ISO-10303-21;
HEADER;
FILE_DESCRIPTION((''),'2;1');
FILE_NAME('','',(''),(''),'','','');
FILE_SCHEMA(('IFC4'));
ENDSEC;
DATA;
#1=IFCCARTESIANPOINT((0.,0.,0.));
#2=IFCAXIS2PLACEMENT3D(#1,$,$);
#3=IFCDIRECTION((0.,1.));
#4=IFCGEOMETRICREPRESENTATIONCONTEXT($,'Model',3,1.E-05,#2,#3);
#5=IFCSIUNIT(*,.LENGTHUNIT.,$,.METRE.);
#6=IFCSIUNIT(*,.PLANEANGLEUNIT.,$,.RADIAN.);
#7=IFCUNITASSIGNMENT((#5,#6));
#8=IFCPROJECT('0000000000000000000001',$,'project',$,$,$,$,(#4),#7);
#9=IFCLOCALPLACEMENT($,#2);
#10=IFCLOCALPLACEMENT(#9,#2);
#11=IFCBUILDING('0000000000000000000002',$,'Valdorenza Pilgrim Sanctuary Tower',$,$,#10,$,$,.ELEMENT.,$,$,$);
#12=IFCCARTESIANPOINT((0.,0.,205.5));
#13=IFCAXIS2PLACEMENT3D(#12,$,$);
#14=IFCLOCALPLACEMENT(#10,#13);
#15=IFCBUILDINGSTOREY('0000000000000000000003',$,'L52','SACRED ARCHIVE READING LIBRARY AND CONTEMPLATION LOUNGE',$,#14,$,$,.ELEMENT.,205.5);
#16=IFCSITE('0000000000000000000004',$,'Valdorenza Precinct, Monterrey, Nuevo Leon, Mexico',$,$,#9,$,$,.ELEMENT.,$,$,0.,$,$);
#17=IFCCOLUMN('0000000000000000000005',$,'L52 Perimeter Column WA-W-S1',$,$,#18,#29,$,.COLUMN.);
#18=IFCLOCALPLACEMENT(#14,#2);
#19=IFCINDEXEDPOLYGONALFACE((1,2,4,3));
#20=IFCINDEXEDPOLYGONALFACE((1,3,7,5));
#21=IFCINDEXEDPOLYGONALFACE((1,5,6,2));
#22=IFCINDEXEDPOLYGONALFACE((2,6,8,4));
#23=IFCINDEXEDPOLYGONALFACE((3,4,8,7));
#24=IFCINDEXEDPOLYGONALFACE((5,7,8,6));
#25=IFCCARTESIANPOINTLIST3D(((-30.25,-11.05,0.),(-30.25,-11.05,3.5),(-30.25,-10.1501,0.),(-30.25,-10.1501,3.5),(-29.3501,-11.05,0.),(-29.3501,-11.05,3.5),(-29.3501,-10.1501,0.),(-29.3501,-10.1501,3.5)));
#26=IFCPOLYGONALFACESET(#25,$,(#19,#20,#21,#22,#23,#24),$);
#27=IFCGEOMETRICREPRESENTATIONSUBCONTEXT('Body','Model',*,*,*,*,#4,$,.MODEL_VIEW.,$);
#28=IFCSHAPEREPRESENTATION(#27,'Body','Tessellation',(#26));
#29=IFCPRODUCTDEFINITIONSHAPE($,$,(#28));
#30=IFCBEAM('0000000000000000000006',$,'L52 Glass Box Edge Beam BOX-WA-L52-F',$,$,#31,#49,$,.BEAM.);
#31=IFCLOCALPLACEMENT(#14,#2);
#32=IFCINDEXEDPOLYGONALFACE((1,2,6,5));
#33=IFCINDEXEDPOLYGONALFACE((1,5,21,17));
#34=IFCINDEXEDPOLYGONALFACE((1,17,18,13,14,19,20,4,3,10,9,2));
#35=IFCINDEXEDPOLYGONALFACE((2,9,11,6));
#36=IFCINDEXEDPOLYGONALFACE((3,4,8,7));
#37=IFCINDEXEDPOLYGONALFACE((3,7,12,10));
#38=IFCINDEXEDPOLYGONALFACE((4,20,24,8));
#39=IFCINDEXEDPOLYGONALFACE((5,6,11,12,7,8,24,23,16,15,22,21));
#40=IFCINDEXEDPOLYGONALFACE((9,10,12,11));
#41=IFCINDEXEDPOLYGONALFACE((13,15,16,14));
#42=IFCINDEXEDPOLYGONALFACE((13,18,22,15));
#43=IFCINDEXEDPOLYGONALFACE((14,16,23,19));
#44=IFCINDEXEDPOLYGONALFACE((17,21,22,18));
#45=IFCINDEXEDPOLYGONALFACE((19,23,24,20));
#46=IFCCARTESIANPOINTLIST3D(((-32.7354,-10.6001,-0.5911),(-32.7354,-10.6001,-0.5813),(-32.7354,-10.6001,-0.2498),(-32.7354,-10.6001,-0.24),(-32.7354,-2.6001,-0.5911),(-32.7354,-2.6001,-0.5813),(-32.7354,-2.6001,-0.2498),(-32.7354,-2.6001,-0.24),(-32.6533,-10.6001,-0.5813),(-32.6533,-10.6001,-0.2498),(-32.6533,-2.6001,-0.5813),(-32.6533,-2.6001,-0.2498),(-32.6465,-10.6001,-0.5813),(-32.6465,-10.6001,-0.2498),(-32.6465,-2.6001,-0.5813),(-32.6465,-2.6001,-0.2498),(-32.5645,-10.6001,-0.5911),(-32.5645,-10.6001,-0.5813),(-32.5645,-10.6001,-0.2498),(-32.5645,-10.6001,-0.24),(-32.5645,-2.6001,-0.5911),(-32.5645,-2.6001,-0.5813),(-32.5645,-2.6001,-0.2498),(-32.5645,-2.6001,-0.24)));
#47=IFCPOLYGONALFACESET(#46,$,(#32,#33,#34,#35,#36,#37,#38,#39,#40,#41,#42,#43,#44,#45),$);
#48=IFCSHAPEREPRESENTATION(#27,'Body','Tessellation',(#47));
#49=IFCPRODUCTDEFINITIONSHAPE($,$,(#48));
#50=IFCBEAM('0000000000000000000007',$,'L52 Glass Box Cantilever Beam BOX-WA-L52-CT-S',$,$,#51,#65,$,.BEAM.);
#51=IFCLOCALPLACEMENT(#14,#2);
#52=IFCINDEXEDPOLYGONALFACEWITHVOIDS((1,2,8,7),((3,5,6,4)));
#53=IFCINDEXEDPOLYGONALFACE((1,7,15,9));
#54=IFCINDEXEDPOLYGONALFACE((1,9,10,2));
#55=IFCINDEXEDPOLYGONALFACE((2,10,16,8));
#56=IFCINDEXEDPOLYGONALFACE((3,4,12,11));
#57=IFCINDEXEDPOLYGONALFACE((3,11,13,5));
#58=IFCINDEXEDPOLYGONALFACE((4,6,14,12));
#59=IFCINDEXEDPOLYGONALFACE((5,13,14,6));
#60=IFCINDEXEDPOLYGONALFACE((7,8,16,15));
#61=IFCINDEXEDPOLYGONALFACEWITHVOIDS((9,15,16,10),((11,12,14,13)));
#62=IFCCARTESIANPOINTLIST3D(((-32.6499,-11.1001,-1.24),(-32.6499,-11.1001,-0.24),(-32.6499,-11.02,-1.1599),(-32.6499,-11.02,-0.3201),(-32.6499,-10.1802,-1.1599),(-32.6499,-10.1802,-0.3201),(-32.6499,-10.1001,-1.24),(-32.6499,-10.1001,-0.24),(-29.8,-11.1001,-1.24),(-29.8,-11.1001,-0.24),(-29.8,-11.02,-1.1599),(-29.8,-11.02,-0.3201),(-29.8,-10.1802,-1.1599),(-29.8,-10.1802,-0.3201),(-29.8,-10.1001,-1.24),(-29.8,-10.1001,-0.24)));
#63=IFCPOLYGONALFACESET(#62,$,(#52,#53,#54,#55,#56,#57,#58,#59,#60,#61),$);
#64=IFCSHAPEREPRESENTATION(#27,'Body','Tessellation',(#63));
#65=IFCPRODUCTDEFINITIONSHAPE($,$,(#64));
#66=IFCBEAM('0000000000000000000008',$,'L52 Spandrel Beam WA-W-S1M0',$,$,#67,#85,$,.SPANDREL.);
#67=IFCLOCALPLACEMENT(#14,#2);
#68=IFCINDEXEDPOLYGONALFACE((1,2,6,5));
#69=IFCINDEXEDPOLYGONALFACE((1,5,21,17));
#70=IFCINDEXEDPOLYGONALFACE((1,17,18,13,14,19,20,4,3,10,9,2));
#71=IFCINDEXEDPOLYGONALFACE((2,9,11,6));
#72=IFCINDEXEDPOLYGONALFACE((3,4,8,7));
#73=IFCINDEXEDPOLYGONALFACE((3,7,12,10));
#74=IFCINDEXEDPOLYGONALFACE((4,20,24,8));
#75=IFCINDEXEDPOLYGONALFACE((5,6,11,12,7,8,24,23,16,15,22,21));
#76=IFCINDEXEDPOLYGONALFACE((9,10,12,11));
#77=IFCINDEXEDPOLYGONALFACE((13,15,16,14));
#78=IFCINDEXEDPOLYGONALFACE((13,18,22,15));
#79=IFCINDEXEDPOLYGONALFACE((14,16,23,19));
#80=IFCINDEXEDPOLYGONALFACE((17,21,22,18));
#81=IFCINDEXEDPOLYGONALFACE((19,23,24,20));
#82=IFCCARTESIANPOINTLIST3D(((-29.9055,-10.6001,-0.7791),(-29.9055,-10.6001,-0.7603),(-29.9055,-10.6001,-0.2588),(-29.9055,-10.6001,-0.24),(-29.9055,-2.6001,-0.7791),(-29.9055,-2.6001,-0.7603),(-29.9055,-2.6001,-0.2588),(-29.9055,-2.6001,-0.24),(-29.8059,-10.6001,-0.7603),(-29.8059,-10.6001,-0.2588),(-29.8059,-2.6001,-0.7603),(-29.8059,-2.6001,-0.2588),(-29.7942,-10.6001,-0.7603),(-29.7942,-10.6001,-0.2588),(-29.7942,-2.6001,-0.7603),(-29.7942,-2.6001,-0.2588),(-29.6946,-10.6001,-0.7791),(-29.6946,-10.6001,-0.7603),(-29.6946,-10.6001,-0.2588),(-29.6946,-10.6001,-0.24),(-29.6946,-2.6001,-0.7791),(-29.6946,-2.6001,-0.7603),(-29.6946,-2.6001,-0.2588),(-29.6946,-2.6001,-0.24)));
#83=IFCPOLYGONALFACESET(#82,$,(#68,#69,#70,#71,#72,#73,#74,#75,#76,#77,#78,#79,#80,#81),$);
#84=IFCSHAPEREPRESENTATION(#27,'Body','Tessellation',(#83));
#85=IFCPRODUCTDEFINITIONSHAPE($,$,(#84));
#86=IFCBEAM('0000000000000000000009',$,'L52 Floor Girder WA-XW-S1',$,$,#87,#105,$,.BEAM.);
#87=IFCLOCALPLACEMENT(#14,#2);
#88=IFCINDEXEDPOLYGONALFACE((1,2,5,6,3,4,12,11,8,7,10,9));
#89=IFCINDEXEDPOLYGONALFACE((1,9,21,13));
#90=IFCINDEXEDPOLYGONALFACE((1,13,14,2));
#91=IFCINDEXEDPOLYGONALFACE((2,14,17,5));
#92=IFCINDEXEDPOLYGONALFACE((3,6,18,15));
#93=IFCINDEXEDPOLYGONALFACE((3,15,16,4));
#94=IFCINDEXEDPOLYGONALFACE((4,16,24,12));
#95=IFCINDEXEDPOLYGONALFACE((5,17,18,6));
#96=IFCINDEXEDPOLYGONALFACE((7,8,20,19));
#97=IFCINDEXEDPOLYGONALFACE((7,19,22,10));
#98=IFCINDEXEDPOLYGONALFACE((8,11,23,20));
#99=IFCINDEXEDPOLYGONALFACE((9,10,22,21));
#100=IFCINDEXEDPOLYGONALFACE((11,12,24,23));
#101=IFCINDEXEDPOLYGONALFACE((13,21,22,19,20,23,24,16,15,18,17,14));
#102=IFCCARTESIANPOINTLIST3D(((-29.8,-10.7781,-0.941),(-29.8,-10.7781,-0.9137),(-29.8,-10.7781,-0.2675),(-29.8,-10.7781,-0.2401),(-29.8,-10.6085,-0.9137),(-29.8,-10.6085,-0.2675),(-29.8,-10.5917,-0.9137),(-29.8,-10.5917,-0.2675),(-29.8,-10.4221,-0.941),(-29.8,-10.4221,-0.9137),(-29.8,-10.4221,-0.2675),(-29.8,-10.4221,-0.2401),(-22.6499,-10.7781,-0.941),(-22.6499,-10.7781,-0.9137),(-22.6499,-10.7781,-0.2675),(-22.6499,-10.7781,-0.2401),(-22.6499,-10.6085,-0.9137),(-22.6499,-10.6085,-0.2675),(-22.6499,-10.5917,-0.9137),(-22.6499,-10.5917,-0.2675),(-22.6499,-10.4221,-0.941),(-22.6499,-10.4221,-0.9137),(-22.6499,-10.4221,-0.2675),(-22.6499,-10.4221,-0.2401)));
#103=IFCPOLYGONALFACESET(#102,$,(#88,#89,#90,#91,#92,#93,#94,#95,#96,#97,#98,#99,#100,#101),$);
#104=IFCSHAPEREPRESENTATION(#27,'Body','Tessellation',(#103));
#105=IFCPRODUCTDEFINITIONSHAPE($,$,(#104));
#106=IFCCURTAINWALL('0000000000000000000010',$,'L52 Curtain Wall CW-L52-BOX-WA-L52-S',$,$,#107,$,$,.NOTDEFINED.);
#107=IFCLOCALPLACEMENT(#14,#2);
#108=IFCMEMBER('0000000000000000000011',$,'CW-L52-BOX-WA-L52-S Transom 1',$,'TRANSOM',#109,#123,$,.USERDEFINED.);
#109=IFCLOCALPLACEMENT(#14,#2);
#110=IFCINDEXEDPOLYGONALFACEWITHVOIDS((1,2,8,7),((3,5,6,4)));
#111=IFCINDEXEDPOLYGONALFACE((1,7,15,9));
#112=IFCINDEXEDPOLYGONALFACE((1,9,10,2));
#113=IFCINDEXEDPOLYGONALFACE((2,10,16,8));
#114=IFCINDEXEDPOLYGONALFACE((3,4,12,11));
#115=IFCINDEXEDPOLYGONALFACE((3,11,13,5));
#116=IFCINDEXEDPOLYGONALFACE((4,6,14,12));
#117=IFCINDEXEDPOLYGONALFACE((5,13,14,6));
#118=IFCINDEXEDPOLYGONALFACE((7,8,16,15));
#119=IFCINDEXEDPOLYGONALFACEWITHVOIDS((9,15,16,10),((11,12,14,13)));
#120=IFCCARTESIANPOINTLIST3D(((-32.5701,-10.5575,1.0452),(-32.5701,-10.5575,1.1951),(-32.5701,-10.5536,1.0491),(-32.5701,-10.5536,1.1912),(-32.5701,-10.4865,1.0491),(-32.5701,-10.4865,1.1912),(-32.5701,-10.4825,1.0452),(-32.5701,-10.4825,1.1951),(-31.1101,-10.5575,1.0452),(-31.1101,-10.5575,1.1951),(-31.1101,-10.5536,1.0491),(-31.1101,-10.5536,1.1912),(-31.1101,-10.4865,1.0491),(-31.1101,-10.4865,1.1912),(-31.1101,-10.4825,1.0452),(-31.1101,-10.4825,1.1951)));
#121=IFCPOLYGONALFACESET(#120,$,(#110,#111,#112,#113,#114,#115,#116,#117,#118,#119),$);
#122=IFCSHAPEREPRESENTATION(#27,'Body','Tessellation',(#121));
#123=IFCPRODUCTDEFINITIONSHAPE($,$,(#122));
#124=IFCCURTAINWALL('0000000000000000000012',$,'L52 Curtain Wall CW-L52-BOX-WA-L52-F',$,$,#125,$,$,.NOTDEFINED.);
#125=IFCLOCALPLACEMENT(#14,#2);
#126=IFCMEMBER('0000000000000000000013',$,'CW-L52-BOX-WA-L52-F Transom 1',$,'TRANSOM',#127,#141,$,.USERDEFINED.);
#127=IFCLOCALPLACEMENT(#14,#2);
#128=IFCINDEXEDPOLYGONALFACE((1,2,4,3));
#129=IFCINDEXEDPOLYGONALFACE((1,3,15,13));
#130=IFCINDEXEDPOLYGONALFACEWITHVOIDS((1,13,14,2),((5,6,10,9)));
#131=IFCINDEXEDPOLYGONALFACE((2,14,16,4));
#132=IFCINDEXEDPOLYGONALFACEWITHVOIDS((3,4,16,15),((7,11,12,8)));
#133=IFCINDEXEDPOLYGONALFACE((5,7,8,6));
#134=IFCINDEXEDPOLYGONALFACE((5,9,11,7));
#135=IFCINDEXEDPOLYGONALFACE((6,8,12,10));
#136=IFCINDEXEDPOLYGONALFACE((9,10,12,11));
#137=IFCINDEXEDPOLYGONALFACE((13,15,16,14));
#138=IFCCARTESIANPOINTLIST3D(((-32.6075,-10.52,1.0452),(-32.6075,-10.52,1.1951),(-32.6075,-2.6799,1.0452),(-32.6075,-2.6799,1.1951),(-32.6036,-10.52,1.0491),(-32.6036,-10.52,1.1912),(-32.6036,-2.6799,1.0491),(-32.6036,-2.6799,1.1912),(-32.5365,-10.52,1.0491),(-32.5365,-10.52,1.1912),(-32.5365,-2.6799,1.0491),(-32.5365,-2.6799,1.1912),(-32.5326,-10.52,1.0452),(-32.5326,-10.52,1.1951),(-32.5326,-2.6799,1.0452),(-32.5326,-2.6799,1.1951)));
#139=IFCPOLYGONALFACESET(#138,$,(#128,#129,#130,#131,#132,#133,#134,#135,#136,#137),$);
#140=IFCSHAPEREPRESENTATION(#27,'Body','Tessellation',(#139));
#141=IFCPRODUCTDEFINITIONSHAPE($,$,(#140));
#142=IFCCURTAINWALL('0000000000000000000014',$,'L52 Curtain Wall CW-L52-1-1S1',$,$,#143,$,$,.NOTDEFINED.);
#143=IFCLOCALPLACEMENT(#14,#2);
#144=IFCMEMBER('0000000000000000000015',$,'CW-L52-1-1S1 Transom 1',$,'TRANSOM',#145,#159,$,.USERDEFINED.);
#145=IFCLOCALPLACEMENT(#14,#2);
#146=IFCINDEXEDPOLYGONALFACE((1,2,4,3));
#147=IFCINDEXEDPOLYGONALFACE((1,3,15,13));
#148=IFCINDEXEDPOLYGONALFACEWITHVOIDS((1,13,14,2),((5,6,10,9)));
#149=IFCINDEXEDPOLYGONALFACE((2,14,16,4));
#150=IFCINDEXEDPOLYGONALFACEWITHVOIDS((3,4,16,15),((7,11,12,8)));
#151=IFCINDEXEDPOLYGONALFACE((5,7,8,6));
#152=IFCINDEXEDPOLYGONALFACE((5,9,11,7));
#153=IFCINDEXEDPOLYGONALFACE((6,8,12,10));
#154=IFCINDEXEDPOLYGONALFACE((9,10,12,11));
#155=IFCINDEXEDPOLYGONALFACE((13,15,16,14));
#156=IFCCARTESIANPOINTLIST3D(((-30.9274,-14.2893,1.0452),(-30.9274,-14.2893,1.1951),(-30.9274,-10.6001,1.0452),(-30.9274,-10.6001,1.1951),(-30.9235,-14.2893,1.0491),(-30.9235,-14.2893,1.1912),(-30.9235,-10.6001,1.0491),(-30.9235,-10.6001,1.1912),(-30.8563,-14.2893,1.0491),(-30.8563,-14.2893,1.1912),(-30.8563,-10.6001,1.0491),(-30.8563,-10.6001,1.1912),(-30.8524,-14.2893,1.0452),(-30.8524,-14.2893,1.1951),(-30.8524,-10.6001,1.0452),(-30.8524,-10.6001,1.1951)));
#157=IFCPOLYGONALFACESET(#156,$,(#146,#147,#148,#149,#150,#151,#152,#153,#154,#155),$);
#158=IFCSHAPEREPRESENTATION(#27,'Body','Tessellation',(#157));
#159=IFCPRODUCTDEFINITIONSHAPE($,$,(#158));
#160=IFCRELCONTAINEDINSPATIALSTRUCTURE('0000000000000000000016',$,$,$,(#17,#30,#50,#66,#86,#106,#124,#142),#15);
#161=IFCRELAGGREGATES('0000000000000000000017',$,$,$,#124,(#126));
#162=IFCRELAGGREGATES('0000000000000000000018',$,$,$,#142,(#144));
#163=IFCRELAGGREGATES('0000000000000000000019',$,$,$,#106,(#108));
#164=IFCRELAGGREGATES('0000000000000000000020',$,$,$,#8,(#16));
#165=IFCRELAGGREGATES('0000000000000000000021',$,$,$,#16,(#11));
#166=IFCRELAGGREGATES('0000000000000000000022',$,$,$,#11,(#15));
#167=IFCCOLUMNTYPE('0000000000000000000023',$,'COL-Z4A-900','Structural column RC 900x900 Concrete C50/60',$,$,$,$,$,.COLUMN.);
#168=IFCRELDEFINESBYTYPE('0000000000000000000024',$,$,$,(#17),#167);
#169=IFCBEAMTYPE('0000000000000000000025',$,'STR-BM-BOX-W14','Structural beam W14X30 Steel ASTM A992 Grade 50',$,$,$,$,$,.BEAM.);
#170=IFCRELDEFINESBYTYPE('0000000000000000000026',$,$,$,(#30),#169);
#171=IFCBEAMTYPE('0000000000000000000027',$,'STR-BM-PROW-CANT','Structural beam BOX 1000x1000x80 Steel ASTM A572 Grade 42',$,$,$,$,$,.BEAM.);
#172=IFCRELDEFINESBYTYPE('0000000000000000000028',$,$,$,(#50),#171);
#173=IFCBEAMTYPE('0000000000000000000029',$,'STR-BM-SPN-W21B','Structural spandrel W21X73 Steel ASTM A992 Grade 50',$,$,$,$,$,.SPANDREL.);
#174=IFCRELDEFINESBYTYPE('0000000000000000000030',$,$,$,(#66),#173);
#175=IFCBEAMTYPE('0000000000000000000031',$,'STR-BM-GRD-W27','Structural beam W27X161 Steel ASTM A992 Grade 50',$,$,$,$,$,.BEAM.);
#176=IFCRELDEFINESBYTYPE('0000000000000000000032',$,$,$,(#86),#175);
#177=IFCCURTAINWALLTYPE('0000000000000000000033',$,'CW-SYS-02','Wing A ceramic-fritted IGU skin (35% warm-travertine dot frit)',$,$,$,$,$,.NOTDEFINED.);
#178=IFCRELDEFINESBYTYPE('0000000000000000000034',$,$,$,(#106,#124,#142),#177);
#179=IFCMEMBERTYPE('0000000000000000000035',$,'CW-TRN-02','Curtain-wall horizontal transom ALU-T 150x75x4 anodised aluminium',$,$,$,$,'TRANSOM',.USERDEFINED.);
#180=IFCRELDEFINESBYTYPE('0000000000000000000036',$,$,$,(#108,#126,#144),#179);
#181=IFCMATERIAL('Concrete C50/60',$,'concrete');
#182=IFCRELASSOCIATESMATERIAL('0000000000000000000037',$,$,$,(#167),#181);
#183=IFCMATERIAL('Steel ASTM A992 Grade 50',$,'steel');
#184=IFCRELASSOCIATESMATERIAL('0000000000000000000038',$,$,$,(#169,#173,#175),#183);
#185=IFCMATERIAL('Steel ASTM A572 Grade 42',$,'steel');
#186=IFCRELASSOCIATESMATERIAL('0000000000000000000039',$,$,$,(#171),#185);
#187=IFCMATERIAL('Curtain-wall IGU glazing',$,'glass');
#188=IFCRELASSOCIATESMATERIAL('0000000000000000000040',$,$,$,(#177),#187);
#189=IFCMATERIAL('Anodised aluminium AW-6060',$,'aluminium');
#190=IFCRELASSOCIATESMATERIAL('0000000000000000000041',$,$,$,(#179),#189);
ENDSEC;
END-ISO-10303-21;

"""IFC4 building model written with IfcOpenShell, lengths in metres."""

from ifc_helpers import new_model, si_unit, direction, frame, origin, origin_2d, place, context, subcontext, project, spatial, rectangle, hollow_rectangle, i_section, extrude, source, transform, mapped, material, material_profile, profile_set, type_object, element, aggregate, save


model = new_model("IFC4")

# Units and contexts
model_context = context("Model", 3, precision=1e-05, world=origin(), true_north=direction((0.0, 1.0)))
body_context = subcontext(model_context, "Body", "Model", "MODEL_VIEW")
ifc_project = project(units=[si_unit("LENGTHUNIT", "METRE"), si_unit("PLANEANGLEUNIT", "RADIAN")], contexts=[model_context])

# Site, building, storey
site_placement = place(None, origin())
site = spatial("IfcSite", under=ifc_project, at=site_placement, Name="Valdorenza Precinct, Monterrey, Nuevo Leon, Mexico", CompositionType="ELEMENT", RefElevation=0.0)
building_placement = place(site_placement, origin())
building = spatial("IfcBuilding", under=site, at=building_placement, Name="Valdorenza Pilgrim Sanctuary Tower", CompositionType="ELEMENT")
storey_placement = place(building_placement, frame((0.0, 0.0, 205.5)))
storey = spatial("IfcBuildingStorey", under=building, at=storey_placement, Name="L52", Description="SACRED ARCHIVE READING LIBRARY AND CONTEMPLATION LOUNGE", CompositionType="ELEMENT", Elevation=205.5)

# Column
ifc_material_1 = material(Name="Concrete C50/60", Category="concrete")
ifc_material_profile_1 = material_profile(ifc_material_1, rectangle(XDim=0.8999, YDim=0.8999, at=origin_2d()), Name="RC 900x900")
ifc_profile_set_1 = profile_set([ifc_material_profile_1], Name="Concrete C50/60")
column_type = type_object("IfcColumnType", Name="COL-Z4A-900", Description="Structural column RC 900x900 Concrete C50/60", PredefinedType="COLUMN", material=ifc_profile_set_1)
shared_shape_1 = source(origin(), body_context, "Body", "SweptSolid", [
    extrude(rectangle(XDim=0.8999, YDim=0.8999, at=origin_2d()), origin(), (0.0, 0.0, 1.0), 3.5),
])
column_placement = place(storey_placement, frame((-29.8, -10.6001, 0.0), z_axis=(0.0, 0.0, 1.0), x_axis=(1.0, 0.0, 0.0)))
element("IfcColumn", 1, at=column_placement, inside=storey, type_object=column_type, Name="L52 Perimeter Column WA-W-S1", PredefinedType="COLUMN", context=body_context, shape_type="MappedRepresentation", body=[
    mapped(shared_shape_1, transform((0.0, 0.0, 0.0), x_axis=(1.0, 0.0, 0.0), y_axis=(0.0, 1.0, 0.0), z_axis=(0.0, 0.0, 1.0), scale=1.0)),
])

# Beams
ifc_material_2 = material(Name="Steel ASTM A992 Grade 50", Category="steel")
ifc_material_profile_2 = material_profile(ifc_material_2, i_section(OverallWidth=0.1709, OverallDepth=0.3511, WebThickness=0.0068, FlangeThickness=0.0098, at=origin_2d()), Name="W14X30")
ifc_profile_set_2 = profile_set([ifc_material_profile_2], Name="Steel ASTM A992 Grade 50")
beam_type_1 = type_object("IfcBeamType", Name="STR-BM-BOX-W14", Description="Structural beam W14X30 Steel ASTM A992 Grade 50", PredefinedType="BEAM", material=ifc_profile_set_2)
shared_shape_2 = source(origin(), body_context, "Body", "SweptSolid", [
    extrude(i_section(OverallWidth=0.1709, OverallDepth=0.3511, WebThickness=0.0068, FlangeThickness=0.0098, at=origin_2d()), origin(), (0.0, 0.0, 1.0), 8.0),
])
beam_1_placement = place(storey_placement, frame((-32.6499, -10.6001, -0.4155), z_axis=(0.0, 1.0, 0.0), x_axis=(-1.0, 0.0, 0.0)))
element("IfcBeam", 2, at=beam_1_placement, inside=storey, type_object=beam_type_1, Name="L52 Glass Box Edge Beam BOX-WA-L52-F", PredefinedType="BEAM", context=body_context, shape_type="MappedRepresentation", body=[
    mapped(shared_shape_2, transform((0.0, 0.0, 0.0), x_axis=(1.0, 0.0, 0.0), y_axis=(0.0, 1.0, 0.0), z_axis=(0.0, 0.0, 1.0), scale=1.0)),
])
ifc_material_3 = material(Name="Steel ASTM A572 Grade 42", Category="steel")
ifc_material_profile_3 = material_profile(ifc_material_3, hollow_rectangle(XDim=1.0, YDim=1.0, WallThickness=0.0801, at=origin_2d()), Name="BOX 1000x1000x80")
ifc_profile_set_3 = profile_set([ifc_material_profile_3], Name="Steel ASTM A572 Grade 42")
beam_type_2 = type_object("IfcBeamType", Name="STR-BM-PROW-CANT", Description="Structural beam BOX 1000x1000x80 Steel ASTM A572 Grade 42", PredefinedType="BEAM", material=ifc_profile_set_3)
shared_shape_3 = source(origin(), body_context, "Body", "SweptSolid", [
    extrude(hollow_rectangle(XDim=1.0, YDim=1.0, WallThickness=0.0801, at=origin_2d()), origin(), (0.0, 0.0, 1.0), 2.8499),
])
beam_2_placement = place(storey_placement, frame((-29.8, -10.6001, -0.74), z_axis=(-1.0, 0.0, 0.0), x_axis=(0.0, -1.0, 0.0)))
element("IfcBeam", 3, at=beam_2_placement, inside=storey, type_object=beam_type_2, Name="L52 Glass Box Cantilever Beam BOX-WA-L52-CT-S", PredefinedType="BEAM", context=body_context, shape_type="MappedRepresentation", body=[
    mapped(shared_shape_3, transform((0.0, 0.0, 0.0), x_axis=(1.0, 0.0, 0.0), y_axis=(0.0, 1.0, 0.0), z_axis=(0.0, 0.0, 1.0), scale=1.0)),
])
ifc_material_profile_4 = material_profile(ifc_material_2, i_section(OverallWidth=0.2109, OverallDepth=0.5391, WebThickness=0.0117, FlangeThickness=0.0188, at=origin_2d()), Name="W21X73")
ifc_profile_set_4 = profile_set([ifc_material_profile_4], Name="Steel ASTM A992 Grade 50")
beam_type_3 = type_object("IfcBeamType", Name="STR-BM-SPN-W21B", Description="Structural spandrel W21X73 Steel ASTM A992 Grade 50", PredefinedType="SPANDREL", material=ifc_profile_set_4)
shared_shape_4 = source(origin(), body_context, "Body", "SweptSolid", [
    extrude(i_section(OverallWidth=0.2109, OverallDepth=0.5391, WebThickness=0.0117, FlangeThickness=0.0188, at=origin_2d()), origin(), (0.0, 0.0, 1.0), 8.0),
])
beam_3_placement = place(storey_placement, frame((-29.8, -10.6001, -0.5095), z_axis=(0.0, 1.0, 0.0), x_axis=(-1.0, 0.0, 0.0)))
element("IfcBeam", 4, at=beam_3_placement, inside=storey, type_object=beam_type_3, Name="L52 Spandrel Beam WA-W-S1M0", PredefinedType="SPANDREL", context=body_context, shape_type="MappedRepresentation", body=[
    mapped(shared_shape_4, transform((0.0, 0.0, 0.0), x_axis=(1.0, 0.0, 0.0), y_axis=(0.0, 1.0, 0.0), z_axis=(0.0, 0.0, 1.0), scale=1.0)),
])
ifc_material_profile_5 = material_profile(ifc_material_2, i_section(OverallWidth=0.356, OverallDepth=0.7009, WebThickness=0.0168, FlangeThickness=0.0273, at=origin_2d()), Name="W27X161")
ifc_profile_set_5 = profile_set([ifc_material_profile_5], Name="Steel ASTM A992 Grade 50")
beam_type_4 = type_object("IfcBeamType", Name="STR-BM-GRD-W27", Description="Structural beam W27X161 Steel ASTM A992 Grade 50", PredefinedType="BEAM", material=ifc_profile_set_5)
shared_shape_5 = source(origin(), body_context, "Body", "SweptSolid", [
    extrude(i_section(OverallWidth=0.356, OverallDepth=0.7009, WebThickness=0.0168, FlangeThickness=0.0273, at=origin_2d()), origin(), (0.0, 0.0, 1.0), 7.1501),
])
beam_4_placement = place(storey_placement, frame((-29.8, -10.6001, -0.5906), z_axis=(1.0, 0.0, 0.0), x_axis=(0.0, 1.0, 0.0)))
element("IfcBeam", 5, at=beam_4_placement, inside=storey, type_object=beam_type_4, Name="L52 Floor Girder WA-XW-S1", PredefinedType="BEAM", context=body_context, shape_type="MappedRepresentation", body=[
    mapped(shared_shape_5, transform((0.0, 0.0, 0.0), x_axis=(1.0, 0.0, 0.0), y_axis=(0.0, 1.0, 0.0), z_axis=(0.0, 0.0, 1.0), scale=1.0)),
])

# Curtain walls, members
ifc_material_4 = material(Name="Curtain-wall IGU glazing", Category="glass")
curtain_wall_type = type_object("IfcCurtainWallType", Name="CW-SYS-02", Description="Wing A ceramic-fritted IGU skin (35% warm-travertine dot frit)", PredefinedType="NOTDEFINED", material=ifc_material_4)
curtain_wall_1_placement = place(storey_placement, origin())
curtain_wall_1 = element("IfcCurtainWall", 6, at=curtain_wall_1_placement, inside=storey, type_object=curtain_wall_type, Name="L52 Curtain Wall CW-L52-BOX-WA-L52-S", PredefinedType="NOTDEFINED")
ifc_material_5 = material(Name="Anodised aluminium AW-6060", Category="aluminium")
ifc_material_profile_6 = material_profile(ifc_material_5, hollow_rectangle(XDim=0.075, YDim=0.1499, WallThickness=0.0039, at=origin_2d()), Name="ALU-T 150x75x4")
ifc_profile_set_6 = profile_set([ifc_material_profile_6], Name="Anodised aluminium AW-6060")
member_type_1 = type_object("IfcMemberType", Name="CW-TRN-02", Description="Curtain-wall horizontal transom ALU-T 150x75x4 anodised aluminium", ElementType="TRANSOM", PredefinedType="USERDEFINED", material=ifc_profile_set_6)
shared_shape_6 = source(origin(), body_context, "Body", "SweptSolid", [
    extrude(hollow_rectangle(XDim=0.075, YDim=0.1499, WallThickness=0.0039, at=origin_2d()), origin(), (0.0, 0.0, 1.0), 1.46),
])
member_1_placement = place(storey_placement, frame((-31.1101, -10.52, 1.1201), z_axis=(-1.0, 0.0, 0.0), x_axis=(0.0, -1.0, 0.0)))
member_1 = element("IfcMember", 7, at=member_1_placement, type_object=member_type_1, Name="CW-L52-BOX-WA-L52-S Transom 1", ObjectType="TRANSOM", PredefinedType="USERDEFINED", context=body_context, shape_type="MappedRepresentation", body=[
    mapped(shared_shape_6, transform((0.0, 0.0, 0.0), x_axis=(1.0, 0.0, 0.0), y_axis=(0.0, 1.0, 0.0), z_axis=(0.0, 0.0, 1.0), scale=1.0)),
])
curtain_wall_2_placement = place(storey_placement, origin())
curtain_wall_2 = element("IfcCurtainWall", 8, at=curtain_wall_2_placement, inside=storey, type_object=curtain_wall_type, Name="L52 Curtain Wall CW-L52-BOX-WA-L52-F", PredefinedType="NOTDEFINED")
shared_shape_7 = source(origin(), body_context, "Body", "SweptSolid", [
    extrude(hollow_rectangle(XDim=0.075, YDim=0.1499, WallThickness=0.0039, at=origin_2d()), origin(), (0.0, 0.0, 1.0), 7.8401),
])
member_2_placement = place(storey_placement, frame((-32.5701, -10.52, 1.1201), z_axis=(0.0, 1.0, 0.0), x_axis=(-1.0, 0.0, 0.0)))
member_2 = element("IfcMember", 9, at=member_2_placement, type_object=member_type_1, Name="CW-L52-BOX-WA-L52-F Transom 1", ObjectType="TRANSOM", PredefinedType="USERDEFINED", context=body_context, shape_type="MappedRepresentation", body=[
    mapped(shared_shape_7, transform((0.0, 0.0, 0.0), x_axis=(1.0, 0.0, 0.0), y_axis=(0.0, 1.0, 0.0), z_axis=(0.0, 0.0, 1.0), scale=1.0)),
])
aggregate(curtain_wall_2, [member_2])

# Curtain wall, member
curtain_wall_3_placement = place(storey_placement, origin())
curtain_wall_3 = element("IfcCurtainWall", 10, at=curtain_wall_3_placement, inside=storey, type_object=curtain_wall_type, Name="L52 Curtain Wall CW-L52-1-1S1", PredefinedType="NOTDEFINED")
shared_shape_8 = source(origin(), body_context, "Body", "SweptSolid", [
    extrude(hollow_rectangle(XDim=0.075, YDim=0.1499, WallThickness=0.0039, at=origin_2d()), origin(), (0.0, 0.0, 1.0), 3.6892),
])
member_3_placement = place(storey_placement, frame((-30.8899, -14.2893, 1.1201), z_axis=(0.0, 1.0, 0.0), x_axis=(-1.0, 0.0, 0.0)))
member_3 = element("IfcMember", 11, at=member_3_placement, type_object=member_type_1, Name="CW-L52-1-1S1 Transom 1", ObjectType="TRANSOM", PredefinedType="USERDEFINED", context=body_context, shape_type="MappedRepresentation", body=[
    mapped(shared_shape_8, transform((0.0, 0.0, 0.0), x_axis=(1.0, 0.0, 0.0), y_axis=(0.0, 1.0, 0.0), z_axis=(0.0, 0.0, 1.0), scale=1.0)),
])

aggregate(curtain_wall_3, [member_3])
aggregate(curtain_wall_1, [member_1])

save(model, "model.ifc")
